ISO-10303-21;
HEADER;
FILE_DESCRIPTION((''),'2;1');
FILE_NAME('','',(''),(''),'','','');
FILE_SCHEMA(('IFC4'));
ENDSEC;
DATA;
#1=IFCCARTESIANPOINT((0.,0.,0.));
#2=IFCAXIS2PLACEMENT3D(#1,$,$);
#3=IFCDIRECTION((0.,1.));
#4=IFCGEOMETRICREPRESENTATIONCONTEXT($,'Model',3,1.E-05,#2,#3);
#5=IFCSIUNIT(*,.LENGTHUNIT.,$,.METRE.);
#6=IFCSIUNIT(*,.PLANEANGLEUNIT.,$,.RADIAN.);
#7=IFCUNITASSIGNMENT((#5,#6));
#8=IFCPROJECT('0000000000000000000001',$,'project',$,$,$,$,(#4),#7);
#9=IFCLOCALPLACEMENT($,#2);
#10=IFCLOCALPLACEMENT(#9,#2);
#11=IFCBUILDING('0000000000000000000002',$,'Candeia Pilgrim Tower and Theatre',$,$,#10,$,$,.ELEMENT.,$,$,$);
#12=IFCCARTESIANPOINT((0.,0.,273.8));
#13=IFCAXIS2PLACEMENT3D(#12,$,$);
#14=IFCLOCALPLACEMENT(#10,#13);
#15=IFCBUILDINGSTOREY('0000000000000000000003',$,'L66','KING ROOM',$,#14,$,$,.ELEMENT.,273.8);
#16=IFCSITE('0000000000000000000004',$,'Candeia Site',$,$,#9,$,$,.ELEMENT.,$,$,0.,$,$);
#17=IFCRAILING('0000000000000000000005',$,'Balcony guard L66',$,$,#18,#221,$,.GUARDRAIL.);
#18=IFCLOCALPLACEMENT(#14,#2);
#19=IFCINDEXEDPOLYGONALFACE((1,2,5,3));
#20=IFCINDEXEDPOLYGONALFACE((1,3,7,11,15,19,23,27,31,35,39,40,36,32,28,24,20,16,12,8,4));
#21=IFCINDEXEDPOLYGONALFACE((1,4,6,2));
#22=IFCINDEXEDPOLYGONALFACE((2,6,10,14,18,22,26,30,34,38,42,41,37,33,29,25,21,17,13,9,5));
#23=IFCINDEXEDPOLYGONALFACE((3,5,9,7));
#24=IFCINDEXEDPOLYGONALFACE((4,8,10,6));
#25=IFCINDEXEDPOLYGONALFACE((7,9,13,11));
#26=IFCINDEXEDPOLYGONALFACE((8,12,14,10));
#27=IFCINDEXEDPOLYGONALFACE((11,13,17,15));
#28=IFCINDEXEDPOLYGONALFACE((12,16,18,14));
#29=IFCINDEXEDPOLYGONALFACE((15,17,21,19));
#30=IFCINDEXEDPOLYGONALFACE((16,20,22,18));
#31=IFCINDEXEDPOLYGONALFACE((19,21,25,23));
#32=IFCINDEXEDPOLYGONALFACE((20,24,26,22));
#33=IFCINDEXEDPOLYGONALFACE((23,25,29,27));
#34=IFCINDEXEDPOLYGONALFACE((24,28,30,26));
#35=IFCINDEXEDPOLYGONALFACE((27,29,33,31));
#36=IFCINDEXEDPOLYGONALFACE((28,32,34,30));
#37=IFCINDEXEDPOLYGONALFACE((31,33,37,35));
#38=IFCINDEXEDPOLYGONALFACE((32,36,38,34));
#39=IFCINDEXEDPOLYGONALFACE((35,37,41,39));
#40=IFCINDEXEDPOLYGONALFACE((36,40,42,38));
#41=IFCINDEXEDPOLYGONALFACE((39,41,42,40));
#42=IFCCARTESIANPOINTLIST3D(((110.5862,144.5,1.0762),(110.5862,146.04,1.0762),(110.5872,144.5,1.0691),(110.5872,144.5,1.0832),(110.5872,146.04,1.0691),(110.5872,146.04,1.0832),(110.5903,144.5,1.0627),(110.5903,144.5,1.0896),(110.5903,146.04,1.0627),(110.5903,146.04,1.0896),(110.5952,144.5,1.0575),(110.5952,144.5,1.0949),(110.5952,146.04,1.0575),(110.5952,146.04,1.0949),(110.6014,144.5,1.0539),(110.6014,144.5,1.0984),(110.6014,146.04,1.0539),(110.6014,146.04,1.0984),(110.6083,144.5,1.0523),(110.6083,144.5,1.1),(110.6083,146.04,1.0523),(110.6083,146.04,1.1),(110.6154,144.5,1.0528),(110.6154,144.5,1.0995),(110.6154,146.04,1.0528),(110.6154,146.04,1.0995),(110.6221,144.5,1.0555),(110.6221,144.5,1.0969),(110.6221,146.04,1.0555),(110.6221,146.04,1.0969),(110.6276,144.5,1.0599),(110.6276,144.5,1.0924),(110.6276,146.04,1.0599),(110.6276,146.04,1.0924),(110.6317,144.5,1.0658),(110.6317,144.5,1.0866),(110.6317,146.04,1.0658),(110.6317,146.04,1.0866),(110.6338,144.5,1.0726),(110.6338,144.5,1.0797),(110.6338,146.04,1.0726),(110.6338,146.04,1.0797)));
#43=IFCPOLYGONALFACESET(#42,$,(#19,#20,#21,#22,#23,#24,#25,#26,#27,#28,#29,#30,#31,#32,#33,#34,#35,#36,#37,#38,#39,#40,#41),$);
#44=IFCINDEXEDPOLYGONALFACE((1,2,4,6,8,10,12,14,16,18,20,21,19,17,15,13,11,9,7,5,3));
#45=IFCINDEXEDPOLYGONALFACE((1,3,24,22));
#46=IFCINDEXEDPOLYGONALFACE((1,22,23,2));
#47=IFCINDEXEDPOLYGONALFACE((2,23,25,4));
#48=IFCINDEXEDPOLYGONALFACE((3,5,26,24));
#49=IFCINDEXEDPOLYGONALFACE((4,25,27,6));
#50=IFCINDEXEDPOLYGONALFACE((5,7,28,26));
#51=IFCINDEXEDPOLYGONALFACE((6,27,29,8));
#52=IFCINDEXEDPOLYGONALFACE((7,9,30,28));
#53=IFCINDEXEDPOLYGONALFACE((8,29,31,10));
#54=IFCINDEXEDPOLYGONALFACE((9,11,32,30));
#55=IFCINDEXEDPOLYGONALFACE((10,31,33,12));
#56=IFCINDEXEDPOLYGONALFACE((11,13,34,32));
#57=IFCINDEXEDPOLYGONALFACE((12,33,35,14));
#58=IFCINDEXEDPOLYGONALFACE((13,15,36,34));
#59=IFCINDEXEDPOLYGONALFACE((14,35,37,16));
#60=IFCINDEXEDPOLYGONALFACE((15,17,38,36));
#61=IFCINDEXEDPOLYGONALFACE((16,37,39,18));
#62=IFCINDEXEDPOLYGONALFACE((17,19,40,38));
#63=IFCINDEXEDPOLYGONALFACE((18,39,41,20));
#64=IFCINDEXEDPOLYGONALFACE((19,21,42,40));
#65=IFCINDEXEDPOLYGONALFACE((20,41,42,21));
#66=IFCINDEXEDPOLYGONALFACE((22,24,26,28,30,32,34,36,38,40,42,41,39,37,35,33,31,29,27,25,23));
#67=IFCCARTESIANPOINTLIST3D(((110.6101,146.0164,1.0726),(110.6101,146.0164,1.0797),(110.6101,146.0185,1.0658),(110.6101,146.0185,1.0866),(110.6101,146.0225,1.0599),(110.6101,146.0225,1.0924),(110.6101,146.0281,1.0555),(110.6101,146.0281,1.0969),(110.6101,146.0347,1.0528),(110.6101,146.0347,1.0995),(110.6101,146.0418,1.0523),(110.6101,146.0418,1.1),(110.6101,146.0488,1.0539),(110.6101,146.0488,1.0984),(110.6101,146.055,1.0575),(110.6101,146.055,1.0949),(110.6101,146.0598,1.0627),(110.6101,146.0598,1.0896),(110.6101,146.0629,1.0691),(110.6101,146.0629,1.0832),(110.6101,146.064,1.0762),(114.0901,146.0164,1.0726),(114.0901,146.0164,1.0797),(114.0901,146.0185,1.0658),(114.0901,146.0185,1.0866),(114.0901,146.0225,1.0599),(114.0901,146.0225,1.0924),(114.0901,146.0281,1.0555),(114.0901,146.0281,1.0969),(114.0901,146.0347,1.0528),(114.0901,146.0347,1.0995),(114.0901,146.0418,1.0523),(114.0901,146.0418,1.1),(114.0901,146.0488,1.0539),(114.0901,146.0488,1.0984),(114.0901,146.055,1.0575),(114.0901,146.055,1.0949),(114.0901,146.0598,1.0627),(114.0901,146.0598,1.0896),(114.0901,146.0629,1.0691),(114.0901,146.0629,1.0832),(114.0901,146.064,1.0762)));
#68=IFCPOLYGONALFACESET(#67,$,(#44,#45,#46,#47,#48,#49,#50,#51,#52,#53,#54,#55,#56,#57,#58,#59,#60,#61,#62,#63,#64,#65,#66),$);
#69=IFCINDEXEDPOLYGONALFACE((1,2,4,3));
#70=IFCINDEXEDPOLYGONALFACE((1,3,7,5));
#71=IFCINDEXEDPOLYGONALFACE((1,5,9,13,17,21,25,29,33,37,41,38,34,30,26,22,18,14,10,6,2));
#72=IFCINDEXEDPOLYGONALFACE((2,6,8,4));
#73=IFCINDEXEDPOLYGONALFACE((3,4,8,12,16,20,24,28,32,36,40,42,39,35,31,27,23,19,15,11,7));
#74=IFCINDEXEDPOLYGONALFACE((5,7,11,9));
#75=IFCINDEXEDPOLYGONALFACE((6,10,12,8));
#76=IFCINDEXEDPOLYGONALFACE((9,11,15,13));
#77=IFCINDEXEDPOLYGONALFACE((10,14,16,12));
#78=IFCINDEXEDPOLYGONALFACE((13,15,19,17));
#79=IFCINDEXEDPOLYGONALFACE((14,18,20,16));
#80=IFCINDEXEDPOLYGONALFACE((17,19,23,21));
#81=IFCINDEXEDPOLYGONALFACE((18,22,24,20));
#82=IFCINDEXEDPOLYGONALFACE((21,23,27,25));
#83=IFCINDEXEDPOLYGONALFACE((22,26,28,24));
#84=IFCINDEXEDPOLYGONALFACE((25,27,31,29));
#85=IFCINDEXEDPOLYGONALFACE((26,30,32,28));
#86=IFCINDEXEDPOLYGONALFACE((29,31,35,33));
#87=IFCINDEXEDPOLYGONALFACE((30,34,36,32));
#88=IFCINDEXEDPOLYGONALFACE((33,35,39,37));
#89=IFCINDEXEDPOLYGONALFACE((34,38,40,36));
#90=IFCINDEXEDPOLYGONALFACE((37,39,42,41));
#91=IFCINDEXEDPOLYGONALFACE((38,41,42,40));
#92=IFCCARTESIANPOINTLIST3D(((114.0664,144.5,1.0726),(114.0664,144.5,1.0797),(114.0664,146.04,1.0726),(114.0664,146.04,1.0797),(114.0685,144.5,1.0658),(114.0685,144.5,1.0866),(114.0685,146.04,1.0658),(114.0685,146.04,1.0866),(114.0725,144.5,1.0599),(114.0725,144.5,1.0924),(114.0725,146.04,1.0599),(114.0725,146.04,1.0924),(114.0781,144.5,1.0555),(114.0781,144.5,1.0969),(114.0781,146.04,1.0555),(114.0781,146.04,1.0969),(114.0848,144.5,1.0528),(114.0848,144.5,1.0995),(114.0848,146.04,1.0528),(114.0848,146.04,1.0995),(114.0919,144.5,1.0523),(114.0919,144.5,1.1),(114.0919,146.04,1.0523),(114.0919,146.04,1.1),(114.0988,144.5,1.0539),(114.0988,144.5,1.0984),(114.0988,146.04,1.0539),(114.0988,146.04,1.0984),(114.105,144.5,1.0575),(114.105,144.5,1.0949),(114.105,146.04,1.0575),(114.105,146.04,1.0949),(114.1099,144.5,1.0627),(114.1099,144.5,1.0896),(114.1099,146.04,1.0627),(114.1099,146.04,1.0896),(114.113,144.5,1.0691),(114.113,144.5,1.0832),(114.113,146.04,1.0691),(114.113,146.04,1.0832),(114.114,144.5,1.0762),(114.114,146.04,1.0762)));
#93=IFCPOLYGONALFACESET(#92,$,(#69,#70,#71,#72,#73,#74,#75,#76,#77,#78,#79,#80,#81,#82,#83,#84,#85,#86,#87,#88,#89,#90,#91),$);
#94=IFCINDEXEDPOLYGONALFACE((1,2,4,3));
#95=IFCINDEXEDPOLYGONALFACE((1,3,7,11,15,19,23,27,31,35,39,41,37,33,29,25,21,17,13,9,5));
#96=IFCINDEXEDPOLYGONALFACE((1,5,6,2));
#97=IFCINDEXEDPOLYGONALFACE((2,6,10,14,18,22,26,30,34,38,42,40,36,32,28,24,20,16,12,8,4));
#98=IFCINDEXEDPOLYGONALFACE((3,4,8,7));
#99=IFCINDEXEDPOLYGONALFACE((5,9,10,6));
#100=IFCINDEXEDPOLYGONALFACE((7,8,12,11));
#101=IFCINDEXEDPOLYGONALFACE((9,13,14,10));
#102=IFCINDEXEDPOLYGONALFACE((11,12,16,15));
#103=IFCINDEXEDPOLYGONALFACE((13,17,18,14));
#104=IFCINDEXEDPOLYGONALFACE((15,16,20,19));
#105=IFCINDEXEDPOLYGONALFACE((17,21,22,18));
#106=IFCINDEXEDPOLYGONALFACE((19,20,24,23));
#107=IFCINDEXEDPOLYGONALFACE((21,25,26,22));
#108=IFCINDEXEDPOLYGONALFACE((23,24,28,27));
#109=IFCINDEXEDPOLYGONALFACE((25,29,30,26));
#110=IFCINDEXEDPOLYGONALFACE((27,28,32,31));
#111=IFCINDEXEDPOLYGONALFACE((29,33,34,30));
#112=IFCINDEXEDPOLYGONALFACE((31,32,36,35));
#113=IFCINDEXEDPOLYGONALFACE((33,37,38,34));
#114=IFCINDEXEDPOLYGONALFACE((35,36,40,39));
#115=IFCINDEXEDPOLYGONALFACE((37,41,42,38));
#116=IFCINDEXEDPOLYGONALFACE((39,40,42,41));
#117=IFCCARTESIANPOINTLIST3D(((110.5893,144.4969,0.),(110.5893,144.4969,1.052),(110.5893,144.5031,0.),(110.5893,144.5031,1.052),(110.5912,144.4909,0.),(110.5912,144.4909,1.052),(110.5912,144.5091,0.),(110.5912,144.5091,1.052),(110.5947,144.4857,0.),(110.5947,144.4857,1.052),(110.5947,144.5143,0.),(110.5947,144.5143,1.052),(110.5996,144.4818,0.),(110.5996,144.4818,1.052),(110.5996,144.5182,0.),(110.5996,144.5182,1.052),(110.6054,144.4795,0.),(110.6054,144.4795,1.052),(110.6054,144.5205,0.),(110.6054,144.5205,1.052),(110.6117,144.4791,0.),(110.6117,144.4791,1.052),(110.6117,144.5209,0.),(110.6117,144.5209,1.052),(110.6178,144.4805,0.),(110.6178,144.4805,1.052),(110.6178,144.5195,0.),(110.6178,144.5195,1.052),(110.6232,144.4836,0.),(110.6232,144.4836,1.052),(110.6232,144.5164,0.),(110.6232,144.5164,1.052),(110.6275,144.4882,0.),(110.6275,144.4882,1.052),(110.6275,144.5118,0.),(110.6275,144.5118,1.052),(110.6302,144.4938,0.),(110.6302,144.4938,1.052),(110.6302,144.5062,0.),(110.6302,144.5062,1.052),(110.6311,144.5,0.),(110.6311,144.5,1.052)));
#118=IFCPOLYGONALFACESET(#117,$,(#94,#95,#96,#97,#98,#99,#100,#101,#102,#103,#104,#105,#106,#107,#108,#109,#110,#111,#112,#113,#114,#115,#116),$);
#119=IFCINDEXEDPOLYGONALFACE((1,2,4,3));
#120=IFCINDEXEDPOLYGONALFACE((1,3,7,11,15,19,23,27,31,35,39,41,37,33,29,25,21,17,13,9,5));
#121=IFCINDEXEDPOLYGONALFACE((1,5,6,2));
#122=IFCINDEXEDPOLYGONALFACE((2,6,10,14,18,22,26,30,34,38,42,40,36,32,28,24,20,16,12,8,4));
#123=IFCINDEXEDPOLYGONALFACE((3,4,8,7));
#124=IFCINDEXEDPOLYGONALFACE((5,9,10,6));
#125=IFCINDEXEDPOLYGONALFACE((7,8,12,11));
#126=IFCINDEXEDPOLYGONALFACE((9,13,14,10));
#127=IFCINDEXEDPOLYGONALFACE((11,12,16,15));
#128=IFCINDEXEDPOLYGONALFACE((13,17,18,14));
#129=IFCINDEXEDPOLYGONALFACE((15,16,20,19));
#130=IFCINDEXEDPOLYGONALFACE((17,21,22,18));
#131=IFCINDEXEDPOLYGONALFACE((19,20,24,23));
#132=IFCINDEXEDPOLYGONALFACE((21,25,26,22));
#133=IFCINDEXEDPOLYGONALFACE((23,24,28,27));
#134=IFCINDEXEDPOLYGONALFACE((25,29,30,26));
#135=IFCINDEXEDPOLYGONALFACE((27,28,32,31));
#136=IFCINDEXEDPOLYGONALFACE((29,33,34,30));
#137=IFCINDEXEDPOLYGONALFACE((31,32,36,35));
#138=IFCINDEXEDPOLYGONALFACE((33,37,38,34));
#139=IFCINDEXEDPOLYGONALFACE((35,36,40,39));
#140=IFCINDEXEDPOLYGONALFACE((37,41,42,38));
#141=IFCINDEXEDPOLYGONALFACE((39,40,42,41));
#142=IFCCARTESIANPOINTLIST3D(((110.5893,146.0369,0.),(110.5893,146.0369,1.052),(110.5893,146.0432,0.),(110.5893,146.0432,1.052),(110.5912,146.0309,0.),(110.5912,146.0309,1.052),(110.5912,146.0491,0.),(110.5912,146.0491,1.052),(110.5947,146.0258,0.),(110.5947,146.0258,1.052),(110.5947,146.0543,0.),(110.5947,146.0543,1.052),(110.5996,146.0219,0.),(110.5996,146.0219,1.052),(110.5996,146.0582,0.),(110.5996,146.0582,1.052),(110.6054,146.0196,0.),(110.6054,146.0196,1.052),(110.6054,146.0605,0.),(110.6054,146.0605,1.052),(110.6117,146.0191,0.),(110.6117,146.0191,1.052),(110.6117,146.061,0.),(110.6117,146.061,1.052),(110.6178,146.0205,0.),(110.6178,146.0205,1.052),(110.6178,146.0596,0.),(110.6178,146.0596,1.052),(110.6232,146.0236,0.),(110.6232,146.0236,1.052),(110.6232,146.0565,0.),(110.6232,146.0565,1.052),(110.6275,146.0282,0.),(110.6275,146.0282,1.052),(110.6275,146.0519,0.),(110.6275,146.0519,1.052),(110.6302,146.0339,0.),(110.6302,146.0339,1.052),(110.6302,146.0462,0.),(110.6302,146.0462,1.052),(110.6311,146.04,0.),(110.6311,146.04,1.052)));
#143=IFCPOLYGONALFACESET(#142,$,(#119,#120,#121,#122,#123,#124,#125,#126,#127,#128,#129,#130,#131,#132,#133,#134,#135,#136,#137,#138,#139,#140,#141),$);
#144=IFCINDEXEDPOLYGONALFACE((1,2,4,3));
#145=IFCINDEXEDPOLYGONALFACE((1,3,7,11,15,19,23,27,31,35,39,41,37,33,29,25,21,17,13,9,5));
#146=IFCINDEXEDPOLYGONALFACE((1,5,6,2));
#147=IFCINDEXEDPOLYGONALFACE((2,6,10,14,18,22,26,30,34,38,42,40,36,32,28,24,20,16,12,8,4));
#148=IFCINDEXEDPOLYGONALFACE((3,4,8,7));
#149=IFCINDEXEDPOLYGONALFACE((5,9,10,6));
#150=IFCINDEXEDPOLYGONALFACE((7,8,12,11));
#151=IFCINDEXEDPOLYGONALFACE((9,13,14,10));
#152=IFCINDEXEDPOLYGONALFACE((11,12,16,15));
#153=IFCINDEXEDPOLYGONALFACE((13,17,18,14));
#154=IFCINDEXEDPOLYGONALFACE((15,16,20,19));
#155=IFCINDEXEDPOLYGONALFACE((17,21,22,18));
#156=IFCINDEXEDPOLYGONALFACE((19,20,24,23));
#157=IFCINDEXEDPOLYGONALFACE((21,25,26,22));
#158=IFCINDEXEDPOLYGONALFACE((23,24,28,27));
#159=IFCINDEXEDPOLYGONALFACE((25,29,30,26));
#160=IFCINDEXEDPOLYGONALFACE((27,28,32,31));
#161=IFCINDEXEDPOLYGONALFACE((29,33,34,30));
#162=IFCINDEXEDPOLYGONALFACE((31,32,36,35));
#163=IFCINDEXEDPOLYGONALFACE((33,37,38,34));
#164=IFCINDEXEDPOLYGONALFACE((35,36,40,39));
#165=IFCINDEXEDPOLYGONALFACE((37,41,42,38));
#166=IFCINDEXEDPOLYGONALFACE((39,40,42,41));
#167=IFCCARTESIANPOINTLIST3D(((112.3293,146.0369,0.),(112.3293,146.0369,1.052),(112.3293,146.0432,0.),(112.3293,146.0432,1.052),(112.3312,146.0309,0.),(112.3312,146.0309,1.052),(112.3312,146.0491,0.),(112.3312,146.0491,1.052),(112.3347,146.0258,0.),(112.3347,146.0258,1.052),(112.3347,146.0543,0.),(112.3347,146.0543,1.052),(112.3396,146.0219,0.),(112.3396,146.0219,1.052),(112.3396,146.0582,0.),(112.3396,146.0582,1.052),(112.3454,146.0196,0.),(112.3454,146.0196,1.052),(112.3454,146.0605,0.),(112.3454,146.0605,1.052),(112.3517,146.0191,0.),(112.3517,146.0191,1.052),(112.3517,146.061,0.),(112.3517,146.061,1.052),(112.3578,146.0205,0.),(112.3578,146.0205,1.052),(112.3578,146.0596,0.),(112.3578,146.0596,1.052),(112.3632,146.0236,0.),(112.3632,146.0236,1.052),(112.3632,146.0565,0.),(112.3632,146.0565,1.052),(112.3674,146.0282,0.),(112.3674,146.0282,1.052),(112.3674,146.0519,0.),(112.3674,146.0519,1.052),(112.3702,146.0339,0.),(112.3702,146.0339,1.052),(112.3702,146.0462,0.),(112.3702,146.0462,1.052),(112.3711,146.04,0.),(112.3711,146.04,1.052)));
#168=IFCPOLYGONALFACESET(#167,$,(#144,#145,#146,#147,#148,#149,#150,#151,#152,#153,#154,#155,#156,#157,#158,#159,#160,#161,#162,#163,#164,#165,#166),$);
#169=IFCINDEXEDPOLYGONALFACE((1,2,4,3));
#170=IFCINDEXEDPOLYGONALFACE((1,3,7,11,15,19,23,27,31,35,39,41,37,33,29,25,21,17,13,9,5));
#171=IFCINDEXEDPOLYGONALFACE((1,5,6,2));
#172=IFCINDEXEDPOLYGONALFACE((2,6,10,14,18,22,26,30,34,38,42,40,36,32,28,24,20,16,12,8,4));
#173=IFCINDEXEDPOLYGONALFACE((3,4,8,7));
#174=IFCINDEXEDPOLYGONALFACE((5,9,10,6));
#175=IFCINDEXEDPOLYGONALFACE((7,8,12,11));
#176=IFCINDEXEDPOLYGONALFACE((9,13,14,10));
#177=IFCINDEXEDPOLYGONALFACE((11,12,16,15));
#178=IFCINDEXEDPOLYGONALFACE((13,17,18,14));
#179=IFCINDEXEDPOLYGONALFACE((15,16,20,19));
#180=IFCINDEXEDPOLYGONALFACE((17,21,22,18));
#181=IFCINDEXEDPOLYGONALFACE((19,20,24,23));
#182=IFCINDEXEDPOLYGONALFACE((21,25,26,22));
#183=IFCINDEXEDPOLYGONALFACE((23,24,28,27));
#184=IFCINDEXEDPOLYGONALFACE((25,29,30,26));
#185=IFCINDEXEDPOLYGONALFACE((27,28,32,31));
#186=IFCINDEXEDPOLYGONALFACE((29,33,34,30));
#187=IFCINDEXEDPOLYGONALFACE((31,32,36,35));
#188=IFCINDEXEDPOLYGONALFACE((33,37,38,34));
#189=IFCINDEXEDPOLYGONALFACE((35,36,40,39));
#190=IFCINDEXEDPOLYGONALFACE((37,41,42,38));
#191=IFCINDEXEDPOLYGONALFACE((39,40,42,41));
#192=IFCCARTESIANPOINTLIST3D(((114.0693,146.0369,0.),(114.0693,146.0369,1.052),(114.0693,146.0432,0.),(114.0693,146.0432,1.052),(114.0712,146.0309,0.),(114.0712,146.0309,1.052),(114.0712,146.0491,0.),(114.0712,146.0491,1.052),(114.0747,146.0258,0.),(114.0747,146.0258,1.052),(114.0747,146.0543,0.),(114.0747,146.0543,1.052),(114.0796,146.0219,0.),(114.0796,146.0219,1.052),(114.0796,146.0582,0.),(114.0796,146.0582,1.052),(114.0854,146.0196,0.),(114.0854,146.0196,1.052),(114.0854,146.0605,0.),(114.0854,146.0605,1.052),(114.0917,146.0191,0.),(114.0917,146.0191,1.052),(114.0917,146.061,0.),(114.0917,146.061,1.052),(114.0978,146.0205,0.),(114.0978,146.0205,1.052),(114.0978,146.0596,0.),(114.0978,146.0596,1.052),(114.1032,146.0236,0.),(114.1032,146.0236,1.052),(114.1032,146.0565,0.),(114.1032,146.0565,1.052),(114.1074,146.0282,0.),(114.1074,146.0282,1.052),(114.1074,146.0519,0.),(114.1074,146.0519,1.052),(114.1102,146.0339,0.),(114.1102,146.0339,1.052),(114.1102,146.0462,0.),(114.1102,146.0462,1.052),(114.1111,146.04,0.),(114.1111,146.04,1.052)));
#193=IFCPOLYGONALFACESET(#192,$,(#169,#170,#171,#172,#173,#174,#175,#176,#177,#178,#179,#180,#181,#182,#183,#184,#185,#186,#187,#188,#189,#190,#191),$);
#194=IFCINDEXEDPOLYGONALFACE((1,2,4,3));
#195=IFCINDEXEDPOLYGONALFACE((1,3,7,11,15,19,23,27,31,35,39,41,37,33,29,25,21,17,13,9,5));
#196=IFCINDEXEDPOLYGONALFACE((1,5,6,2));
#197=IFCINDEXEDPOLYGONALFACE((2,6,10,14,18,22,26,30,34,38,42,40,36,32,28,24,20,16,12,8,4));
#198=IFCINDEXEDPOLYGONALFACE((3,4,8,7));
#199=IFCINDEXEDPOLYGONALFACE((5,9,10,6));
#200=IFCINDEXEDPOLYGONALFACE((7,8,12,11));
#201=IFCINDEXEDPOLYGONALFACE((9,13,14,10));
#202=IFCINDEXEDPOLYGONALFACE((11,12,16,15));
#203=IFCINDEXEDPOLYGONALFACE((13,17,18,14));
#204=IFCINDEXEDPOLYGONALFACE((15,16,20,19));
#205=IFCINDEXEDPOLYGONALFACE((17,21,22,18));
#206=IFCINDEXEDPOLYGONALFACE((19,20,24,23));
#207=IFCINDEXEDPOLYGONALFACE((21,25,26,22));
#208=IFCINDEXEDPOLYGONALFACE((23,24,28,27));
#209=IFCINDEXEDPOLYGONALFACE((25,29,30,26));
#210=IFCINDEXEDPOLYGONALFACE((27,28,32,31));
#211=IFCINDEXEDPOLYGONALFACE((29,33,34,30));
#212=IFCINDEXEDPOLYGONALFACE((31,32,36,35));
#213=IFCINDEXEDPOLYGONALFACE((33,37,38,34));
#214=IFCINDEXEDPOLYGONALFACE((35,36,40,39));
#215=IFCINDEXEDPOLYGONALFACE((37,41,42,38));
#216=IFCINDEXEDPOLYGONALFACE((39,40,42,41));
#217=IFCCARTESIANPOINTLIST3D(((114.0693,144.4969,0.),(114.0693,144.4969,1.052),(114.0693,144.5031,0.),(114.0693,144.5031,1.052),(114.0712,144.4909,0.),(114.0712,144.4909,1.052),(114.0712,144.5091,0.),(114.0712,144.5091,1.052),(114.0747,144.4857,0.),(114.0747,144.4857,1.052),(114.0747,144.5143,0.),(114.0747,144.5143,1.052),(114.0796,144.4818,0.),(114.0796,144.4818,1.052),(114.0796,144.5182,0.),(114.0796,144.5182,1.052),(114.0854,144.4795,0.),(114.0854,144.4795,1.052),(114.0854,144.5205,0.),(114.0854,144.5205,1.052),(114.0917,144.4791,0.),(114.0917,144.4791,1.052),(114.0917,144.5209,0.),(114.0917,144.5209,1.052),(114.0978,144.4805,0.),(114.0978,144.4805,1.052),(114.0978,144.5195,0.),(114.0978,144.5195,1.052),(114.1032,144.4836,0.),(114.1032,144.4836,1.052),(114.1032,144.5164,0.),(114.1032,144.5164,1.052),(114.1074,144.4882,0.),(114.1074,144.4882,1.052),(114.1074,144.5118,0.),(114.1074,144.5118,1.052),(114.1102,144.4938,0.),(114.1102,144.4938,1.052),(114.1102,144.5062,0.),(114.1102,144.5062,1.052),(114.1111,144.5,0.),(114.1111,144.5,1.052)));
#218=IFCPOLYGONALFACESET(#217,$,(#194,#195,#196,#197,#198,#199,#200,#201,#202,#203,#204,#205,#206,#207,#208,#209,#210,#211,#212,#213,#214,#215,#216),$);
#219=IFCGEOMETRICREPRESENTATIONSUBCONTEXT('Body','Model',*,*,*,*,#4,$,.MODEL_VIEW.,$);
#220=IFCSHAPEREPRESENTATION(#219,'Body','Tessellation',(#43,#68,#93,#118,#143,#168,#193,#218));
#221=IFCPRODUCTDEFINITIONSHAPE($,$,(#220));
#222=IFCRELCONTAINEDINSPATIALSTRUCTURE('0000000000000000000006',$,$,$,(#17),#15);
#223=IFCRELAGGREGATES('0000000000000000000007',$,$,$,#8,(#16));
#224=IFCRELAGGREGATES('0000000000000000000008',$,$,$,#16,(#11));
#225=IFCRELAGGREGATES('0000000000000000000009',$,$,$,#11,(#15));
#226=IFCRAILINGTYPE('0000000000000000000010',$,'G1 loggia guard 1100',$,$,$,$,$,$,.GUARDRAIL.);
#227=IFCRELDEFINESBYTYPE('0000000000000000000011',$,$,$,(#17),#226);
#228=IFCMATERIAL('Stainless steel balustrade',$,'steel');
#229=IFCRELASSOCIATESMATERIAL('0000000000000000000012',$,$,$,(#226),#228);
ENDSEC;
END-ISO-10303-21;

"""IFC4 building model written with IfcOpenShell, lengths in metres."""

from ifc_helpers import new_model, si_unit, direction, frame, origin, origin_2d, place, context, subcontext, project, spatial, circle, extrude, material, type_object, element, save


model = new_model("IFC4")

# Units and contexts
model_context = context("Model", 3, precision=1e-05, world=origin(), true_north=direction((0.0, 1.0)))
body_context = subcontext(model_context, "Body", "Model", "MODEL_VIEW")
ifc_project = project(units=[si_unit("LENGTHUNIT", "METRE"), si_unit("PLANEANGLEUNIT", "RADIAN")], contexts=[model_context])

# Site, building, storey
site_placement = place(None, origin())
site = spatial("IfcSite", under=ifc_project, at=site_placement, Name="Candeia Site", CompositionType="ELEMENT", RefElevation=0.0)
building_placement = place(site_placement, origin())
building = spatial("IfcBuilding", under=site, at=building_placement, Name="Candeia Pilgrim Tower and Theatre", CompositionType="ELEMENT")
storey_placement = place(building_placement, frame((0.0, 0.0, 273.8)))
storey = spatial("IfcBuildingStorey", under=building, at=storey_placement, Name="L66", Description="KING ROOM", CompositionType="ELEMENT", Elevation=273.8)

# Railing
ifc_material_1 = material(Name="Stainless steel balustrade", Category="steel")
railing_type = type_object("IfcRailingType", Name="G1 loggia guard 1100", PredefinedType="GUARDRAIL", material=ifc_material_1)
railing_1_placement = place(storey_placement, frame((110.6101, 144.5, 0.0)))
element("IfcRailing", 1, at=railing_1_placement, inside=storey, type_object=railing_type, Name="Balcony guard L66", PredefinedType="GUARDRAIL", context=body_context, shape_type="SweptSolid", body=[
    extrude(circle(Radius=0.0239, at=origin_2d()), frame((0.0, 0.0, 1.0762), z_axis=(0.0, 1.0, 0.0), x_axis=(-1.0, 0.0, 0.0)), (0.0, 0.0, 1.0), 1.54),
    extrude(circle(Radius=0.0239, at=origin_2d()), frame((0.0, 1.54, 1.0762), z_axis=(1.0, 0.0, 0.0), x_axis=(0.0, 1.0, 0.0)), (0.0, 0.0, 1.0), 3.48),
    extrude(circle(Radius=0.0239, at=origin_2d()), frame((3.48, 1.54, 1.0762), z_axis=(0.0, -1.0, 0.0), x_axis=(1.0, 0.0, 0.0)), (0.0, 0.0, 1.0), 1.54),
    extrude(circle(Radius=0.021, at=origin_2d()), origin(), (0.0, 0.0, 1.0), 1.052),
    extrude(circle(Radius=0.021, at=origin_2d()), frame((0.0, 1.54, 0.0)), (0.0, 0.0, 1.0), 1.052),
    extrude(circle(Radius=0.021, at=origin_2d()), frame((1.74, 1.54, 0.0)), (0.0, 0.0, 1.0), 1.052),
    extrude(circle(Radius=0.021, at=origin_2d()), frame((3.48, 1.54, 0.0)), (0.0, 0.0, 1.0), 1.052),
    extrude(circle(Radius=0.021, at=origin_2d()), frame((3.48, 0.0, 0.0)), (0.0, 0.0, 1.0), 1.052),
])

save(model, "model.ifc")
